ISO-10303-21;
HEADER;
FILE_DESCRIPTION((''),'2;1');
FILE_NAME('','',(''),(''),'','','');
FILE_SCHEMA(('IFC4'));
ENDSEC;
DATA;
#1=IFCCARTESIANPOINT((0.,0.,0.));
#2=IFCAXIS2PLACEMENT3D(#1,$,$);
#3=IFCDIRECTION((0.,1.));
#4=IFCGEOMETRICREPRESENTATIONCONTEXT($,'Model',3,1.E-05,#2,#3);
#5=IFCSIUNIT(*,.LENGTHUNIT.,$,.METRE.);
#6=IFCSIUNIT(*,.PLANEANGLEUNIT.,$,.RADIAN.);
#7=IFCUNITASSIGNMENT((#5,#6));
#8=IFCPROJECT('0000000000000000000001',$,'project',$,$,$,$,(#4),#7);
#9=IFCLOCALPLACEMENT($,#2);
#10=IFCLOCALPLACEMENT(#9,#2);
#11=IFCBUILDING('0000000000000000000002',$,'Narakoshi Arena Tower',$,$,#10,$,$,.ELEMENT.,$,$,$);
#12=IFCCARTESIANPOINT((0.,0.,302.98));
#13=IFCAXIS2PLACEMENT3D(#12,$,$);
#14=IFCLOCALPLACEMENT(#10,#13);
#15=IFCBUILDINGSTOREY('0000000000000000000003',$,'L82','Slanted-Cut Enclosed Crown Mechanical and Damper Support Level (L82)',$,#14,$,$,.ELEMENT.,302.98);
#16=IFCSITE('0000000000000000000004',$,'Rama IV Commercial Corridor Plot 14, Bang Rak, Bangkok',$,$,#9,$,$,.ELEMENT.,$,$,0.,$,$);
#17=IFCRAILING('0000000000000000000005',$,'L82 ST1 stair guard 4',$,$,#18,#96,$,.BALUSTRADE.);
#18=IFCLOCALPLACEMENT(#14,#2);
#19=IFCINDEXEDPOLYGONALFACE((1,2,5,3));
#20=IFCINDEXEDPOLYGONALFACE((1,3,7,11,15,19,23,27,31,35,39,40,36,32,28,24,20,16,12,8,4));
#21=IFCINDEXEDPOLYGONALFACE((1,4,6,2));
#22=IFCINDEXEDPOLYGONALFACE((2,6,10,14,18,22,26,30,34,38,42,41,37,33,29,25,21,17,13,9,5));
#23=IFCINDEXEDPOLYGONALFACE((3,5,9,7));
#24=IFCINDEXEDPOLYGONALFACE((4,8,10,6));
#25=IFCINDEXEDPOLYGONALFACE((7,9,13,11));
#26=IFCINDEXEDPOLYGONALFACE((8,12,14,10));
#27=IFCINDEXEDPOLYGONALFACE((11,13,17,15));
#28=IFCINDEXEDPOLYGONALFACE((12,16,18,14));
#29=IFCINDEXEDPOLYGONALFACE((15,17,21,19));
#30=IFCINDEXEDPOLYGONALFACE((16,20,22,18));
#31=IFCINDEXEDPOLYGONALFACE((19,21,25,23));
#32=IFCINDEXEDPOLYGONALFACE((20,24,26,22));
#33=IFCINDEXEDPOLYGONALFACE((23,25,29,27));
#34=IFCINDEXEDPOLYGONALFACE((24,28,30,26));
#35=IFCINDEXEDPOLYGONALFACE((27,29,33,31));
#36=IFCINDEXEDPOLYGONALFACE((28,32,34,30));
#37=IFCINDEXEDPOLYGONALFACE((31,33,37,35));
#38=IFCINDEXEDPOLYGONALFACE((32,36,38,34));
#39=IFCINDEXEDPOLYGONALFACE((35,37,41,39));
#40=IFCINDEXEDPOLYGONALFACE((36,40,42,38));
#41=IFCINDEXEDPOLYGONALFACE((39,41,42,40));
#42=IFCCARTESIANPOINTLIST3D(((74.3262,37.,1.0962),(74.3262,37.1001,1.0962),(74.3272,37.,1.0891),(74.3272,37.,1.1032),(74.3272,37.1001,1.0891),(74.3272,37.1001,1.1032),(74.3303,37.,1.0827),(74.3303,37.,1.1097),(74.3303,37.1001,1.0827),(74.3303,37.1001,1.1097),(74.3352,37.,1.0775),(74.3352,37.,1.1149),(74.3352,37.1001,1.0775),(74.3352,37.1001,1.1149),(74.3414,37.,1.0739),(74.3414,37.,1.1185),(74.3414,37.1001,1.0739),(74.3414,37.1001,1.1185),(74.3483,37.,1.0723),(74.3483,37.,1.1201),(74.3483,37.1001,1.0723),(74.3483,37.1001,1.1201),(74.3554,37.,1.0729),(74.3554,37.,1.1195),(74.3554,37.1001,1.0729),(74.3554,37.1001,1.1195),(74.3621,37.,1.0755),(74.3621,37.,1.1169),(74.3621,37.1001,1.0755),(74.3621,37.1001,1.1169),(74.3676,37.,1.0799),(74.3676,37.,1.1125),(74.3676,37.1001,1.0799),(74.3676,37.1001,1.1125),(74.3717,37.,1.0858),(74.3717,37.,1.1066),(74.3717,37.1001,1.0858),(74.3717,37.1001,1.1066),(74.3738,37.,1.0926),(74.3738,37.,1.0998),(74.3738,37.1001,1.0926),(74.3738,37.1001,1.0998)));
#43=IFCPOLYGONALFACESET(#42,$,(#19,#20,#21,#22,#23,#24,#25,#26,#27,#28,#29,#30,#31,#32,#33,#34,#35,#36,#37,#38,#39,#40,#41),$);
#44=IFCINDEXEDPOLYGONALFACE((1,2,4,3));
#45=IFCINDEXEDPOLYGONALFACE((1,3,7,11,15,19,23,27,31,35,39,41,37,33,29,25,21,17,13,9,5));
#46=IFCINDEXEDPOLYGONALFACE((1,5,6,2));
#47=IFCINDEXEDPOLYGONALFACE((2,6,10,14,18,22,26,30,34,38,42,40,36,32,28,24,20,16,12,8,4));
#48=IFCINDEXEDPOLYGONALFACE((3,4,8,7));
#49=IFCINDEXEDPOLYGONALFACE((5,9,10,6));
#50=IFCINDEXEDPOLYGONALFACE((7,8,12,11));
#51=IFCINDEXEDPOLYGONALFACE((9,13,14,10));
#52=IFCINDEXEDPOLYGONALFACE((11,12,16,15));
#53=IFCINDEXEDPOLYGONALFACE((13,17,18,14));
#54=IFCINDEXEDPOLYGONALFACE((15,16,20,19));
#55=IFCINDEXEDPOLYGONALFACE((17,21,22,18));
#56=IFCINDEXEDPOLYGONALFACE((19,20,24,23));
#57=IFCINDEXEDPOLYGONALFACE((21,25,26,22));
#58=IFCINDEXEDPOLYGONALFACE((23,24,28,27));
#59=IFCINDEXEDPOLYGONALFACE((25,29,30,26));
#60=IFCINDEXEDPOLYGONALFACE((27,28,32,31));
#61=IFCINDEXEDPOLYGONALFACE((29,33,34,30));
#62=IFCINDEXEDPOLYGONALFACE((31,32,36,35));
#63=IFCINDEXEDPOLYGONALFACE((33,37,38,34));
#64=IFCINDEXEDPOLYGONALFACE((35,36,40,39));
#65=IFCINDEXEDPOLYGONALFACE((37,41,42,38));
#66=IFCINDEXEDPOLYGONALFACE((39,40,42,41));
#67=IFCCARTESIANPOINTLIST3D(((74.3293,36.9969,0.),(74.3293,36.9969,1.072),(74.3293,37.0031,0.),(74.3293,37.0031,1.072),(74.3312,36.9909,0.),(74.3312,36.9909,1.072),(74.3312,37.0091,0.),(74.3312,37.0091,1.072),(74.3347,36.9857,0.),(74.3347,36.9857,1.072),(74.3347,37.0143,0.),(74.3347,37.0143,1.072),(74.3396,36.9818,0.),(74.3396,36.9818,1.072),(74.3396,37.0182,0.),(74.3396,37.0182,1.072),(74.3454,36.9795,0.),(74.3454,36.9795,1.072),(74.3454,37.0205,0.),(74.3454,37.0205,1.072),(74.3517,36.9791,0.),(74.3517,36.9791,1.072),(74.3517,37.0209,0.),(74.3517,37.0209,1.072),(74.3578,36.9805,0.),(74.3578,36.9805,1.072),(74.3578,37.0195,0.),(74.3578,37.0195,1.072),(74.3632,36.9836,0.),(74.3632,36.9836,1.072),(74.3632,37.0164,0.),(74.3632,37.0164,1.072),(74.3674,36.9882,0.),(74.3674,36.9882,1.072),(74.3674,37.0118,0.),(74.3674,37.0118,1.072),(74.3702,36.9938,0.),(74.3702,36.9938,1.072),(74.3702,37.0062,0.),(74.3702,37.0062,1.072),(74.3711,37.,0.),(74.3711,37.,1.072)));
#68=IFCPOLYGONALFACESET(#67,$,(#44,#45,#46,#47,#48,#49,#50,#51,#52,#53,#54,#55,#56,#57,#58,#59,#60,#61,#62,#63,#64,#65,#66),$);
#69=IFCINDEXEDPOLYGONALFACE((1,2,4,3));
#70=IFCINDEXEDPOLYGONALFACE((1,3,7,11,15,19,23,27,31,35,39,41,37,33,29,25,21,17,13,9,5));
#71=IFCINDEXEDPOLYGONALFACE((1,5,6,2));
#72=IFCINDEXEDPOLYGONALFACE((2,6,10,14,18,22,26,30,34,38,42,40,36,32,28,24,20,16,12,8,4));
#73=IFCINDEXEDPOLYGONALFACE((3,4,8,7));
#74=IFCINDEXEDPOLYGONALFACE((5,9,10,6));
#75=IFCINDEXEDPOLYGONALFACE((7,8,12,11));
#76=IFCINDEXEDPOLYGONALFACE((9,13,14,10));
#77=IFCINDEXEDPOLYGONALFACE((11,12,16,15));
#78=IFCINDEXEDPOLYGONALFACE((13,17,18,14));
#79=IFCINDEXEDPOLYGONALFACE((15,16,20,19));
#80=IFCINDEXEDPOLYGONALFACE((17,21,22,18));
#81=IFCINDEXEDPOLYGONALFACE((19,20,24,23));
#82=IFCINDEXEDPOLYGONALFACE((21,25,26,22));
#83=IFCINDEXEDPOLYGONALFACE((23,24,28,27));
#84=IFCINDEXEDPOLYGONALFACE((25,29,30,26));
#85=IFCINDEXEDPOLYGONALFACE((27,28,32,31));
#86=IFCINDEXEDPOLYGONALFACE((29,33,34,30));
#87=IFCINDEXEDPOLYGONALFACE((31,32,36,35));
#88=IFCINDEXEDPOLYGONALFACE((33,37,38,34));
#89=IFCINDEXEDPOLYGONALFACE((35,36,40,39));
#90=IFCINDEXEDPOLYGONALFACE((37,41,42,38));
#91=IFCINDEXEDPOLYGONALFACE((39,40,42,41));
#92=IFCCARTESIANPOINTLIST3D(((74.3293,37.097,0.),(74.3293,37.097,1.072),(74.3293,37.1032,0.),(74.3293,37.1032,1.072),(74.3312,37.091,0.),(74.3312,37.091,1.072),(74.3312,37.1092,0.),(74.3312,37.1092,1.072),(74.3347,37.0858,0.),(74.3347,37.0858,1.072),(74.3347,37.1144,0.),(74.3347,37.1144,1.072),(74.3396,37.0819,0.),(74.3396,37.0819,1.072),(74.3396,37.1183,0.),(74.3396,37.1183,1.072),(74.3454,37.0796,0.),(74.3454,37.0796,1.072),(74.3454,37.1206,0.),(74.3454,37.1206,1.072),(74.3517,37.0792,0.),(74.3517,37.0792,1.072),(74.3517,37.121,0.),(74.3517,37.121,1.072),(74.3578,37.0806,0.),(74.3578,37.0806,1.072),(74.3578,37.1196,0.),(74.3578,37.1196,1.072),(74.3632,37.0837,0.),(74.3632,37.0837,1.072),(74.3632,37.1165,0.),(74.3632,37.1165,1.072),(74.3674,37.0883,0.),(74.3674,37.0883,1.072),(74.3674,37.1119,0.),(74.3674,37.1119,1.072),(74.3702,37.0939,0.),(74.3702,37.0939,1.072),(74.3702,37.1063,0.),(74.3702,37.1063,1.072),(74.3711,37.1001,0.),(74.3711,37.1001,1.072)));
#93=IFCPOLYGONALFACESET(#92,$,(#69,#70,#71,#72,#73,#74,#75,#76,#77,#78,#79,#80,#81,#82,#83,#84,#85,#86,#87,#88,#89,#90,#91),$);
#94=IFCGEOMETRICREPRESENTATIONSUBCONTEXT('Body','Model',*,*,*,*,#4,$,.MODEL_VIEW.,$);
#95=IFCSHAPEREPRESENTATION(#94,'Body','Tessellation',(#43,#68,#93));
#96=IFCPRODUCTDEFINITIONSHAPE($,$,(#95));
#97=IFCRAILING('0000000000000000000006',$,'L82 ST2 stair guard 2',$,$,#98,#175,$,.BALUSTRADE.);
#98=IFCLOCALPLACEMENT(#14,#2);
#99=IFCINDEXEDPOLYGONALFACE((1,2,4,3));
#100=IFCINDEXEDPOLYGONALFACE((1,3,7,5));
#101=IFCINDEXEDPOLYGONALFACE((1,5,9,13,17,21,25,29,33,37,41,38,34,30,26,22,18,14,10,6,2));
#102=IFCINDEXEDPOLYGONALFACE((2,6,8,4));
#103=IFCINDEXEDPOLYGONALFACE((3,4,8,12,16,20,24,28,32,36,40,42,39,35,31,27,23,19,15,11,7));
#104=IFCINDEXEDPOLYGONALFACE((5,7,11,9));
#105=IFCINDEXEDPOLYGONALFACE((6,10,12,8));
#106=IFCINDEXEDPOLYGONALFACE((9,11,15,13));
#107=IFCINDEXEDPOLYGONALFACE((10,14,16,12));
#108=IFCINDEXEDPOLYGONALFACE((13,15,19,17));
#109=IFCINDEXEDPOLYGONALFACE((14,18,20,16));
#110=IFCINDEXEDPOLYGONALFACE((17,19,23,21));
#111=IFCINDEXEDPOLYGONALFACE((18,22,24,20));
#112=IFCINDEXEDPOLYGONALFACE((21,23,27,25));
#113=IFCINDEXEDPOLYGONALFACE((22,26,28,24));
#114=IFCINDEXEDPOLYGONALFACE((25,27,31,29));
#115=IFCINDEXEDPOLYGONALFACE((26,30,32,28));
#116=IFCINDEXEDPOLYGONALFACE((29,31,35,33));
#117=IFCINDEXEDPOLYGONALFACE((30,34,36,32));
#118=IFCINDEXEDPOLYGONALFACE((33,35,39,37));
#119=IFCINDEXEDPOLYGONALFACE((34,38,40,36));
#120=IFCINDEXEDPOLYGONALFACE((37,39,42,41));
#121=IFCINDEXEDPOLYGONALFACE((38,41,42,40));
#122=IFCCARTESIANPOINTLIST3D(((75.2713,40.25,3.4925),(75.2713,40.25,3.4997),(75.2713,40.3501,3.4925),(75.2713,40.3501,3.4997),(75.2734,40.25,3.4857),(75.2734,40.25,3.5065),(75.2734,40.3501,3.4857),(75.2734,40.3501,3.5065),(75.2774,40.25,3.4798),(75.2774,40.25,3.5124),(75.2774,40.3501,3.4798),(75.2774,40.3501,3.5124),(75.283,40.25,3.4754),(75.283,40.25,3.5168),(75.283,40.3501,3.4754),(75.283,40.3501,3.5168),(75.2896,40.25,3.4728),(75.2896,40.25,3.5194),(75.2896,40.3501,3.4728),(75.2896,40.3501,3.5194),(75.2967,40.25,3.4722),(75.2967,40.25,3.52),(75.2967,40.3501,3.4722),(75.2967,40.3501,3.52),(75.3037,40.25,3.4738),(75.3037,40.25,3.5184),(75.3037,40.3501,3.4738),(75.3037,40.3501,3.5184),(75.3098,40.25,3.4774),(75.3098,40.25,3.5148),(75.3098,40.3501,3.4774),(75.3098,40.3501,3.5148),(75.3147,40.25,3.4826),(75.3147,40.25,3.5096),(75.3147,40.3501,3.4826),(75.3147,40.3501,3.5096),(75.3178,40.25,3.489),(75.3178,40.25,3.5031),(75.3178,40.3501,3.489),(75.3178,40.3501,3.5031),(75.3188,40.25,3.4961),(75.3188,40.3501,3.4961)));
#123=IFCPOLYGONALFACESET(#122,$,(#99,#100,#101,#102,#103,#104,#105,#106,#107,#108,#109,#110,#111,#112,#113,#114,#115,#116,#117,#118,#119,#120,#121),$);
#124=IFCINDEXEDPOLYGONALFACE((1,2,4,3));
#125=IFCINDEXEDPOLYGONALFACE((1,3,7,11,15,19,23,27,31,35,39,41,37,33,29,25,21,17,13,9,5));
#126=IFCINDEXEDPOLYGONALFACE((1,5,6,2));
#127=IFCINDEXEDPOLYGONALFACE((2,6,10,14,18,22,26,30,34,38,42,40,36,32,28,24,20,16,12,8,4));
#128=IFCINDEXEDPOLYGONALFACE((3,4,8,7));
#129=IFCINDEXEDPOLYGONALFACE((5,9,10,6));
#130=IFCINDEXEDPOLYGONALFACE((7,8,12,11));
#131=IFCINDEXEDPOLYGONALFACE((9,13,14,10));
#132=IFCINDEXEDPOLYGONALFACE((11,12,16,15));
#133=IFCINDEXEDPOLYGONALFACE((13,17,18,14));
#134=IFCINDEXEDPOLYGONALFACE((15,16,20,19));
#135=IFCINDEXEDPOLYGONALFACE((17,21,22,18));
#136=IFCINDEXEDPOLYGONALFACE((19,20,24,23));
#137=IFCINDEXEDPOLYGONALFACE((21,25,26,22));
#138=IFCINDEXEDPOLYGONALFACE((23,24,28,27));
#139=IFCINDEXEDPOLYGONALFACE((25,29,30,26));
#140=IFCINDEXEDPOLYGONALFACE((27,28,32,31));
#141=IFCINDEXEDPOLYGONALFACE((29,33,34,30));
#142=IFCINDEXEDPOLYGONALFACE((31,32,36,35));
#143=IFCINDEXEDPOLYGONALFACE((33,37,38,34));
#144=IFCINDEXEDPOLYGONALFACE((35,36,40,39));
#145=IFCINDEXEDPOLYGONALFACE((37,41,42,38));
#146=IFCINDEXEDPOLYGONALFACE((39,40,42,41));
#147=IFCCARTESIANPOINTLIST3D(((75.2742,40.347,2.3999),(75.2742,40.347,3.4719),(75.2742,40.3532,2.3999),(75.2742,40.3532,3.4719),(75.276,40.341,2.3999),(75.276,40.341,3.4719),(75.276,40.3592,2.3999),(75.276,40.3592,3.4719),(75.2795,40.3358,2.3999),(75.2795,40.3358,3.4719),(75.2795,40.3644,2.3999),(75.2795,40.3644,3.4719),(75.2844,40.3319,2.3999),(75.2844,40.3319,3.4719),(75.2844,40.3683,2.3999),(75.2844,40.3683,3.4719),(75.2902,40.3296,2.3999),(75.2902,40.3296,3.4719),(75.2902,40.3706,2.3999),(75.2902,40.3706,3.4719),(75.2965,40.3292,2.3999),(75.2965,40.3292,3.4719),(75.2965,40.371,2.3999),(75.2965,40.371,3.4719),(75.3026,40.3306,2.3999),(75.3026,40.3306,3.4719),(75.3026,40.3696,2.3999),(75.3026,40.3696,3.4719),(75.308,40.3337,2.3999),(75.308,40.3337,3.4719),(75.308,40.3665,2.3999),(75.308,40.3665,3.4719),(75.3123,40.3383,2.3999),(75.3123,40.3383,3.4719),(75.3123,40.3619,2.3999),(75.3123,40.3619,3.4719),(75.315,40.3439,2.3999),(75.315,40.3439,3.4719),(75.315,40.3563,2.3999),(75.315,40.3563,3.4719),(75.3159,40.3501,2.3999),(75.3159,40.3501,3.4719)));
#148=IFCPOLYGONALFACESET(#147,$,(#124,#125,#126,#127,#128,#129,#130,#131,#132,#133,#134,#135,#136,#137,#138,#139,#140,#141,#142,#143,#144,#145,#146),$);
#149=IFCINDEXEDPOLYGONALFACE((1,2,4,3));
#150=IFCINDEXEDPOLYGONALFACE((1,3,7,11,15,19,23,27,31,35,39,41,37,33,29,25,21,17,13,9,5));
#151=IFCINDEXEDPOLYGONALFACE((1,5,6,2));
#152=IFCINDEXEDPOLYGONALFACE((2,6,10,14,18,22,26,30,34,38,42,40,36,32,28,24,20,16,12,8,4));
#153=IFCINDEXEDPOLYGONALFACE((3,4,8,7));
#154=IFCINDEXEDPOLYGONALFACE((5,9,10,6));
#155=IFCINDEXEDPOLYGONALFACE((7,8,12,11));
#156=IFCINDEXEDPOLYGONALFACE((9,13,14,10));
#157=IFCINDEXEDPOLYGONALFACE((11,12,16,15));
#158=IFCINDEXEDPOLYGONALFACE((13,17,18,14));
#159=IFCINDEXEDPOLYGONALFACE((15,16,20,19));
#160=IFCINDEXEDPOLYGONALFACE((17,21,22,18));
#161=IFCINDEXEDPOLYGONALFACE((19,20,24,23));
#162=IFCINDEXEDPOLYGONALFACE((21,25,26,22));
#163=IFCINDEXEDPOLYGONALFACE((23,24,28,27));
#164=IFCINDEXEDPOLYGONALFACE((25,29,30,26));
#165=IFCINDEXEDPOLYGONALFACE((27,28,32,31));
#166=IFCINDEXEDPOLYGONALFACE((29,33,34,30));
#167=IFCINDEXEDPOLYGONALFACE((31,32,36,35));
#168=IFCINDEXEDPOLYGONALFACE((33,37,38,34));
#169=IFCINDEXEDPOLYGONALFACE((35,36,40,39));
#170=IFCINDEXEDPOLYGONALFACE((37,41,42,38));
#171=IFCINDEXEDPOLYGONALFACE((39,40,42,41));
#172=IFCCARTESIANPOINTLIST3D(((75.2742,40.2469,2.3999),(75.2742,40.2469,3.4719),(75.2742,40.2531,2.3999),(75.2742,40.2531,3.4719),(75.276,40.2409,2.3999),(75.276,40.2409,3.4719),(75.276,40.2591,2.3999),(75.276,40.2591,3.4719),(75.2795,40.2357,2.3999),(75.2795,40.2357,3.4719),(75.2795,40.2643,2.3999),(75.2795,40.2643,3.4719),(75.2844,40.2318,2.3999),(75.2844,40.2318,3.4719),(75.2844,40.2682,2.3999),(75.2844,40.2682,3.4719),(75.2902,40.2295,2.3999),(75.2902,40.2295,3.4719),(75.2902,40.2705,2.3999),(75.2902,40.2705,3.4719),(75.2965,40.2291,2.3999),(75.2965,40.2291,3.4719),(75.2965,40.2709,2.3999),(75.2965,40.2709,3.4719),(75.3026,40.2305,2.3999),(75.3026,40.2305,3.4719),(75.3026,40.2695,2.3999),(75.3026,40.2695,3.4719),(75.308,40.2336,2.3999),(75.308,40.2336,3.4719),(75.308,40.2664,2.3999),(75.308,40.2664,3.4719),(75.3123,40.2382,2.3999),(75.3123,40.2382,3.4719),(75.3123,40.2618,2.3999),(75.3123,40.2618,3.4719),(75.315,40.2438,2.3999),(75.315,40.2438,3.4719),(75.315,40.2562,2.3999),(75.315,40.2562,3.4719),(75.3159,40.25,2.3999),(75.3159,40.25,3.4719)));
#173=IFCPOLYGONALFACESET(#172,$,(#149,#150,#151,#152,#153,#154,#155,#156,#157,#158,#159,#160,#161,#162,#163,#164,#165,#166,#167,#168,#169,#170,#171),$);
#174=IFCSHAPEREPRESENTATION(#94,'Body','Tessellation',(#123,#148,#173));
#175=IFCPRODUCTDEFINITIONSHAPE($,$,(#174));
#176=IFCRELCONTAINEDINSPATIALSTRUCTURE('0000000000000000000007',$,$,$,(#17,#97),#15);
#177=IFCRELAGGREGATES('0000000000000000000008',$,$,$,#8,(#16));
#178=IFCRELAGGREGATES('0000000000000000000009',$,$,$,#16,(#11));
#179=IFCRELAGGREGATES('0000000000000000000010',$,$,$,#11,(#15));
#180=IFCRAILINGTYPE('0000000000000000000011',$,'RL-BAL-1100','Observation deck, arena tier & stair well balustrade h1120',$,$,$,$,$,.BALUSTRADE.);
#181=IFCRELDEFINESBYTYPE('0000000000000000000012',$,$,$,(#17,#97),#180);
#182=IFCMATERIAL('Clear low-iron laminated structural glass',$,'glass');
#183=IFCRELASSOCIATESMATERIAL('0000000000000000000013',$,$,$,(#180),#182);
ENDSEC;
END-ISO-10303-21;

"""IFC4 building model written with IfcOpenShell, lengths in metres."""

from ifc_helpers import new_model, si_unit, direction, frame, origin, origin_2d, place, context, subcontext, project, spatial, circle, extrude, material, type_object, element, save


model = new_model("IFC4")

# Units and contexts
model_context = context("Model", 3, precision=1e-05, world=origin(), true_north=direction((0.0, 1.0)))
body_context = subcontext(model_context, "Body", "Model", "MODEL_VIEW")
ifc_project = project(units=[si_unit("LENGTHUNIT", "METRE"), si_unit("PLANEANGLEUNIT", "RADIAN")], contexts=[model_context])

# Site, building, storey
site_placement = place(None, origin())
site = spatial("IfcSite", under=ifc_project, at=site_placement, Name="Rama IV Commercial Corridor Plot 14, Bang Rak, Bangkok", CompositionType="ELEMENT", RefElevation=0.0)
building_placement = place(site_placement, origin())
building = spatial("IfcBuilding", under=site, at=building_placement, Name="Narakoshi Arena Tower", CompositionType="ELEMENT")
storey_placement = place(building_placement, frame((0.0, 0.0, 302.98)))
storey = spatial("IfcBuildingStorey", under=building, at=storey_placement, Name="L82", Description="Slanted-Cut Enclosed Crown Mechanical and Damper Support Level (L82)", CompositionType="ELEMENT", Elevation=302.98)

# Railings
ifc_material_1 = material(Name="Clear low-iron laminated structural glass", Category="glass")
railing_type_1 = type_object("IfcRailingType", Name="RL-BAL-1100", Description="Observation deck, arena tier & stair well balustrade h1120", PredefinedType="BALUSTRADE", material=ifc_material_1)
railing_1_placement = place(storey_placement, frame((74.3501, 37.0, 0.0)))
element("IfcRailing", 1, at=railing_1_placement, inside=storey, type_object=railing_type_1, Name="L82 ST1 stair guard 4", PredefinedType="BALUSTRADE", context=body_context, shape_type="SweptSolid", body=[
    extrude(circle(Radius=0.0239, at=origin_2d()), frame((0.0, 0.0, 1.0962), z_axis=(0.0, 1.0, 0.0), x_axis=(-1.0, 0.0, 0.0)), (0.0, 0.0, 1.0), 0.1001),
    extrude(circle(Radius=0.021, at=origin_2d()), origin(), (0.0, 0.0, 1.0), 1.072),
    extrude(circle(Radius=0.021, at=origin_2d()), frame((0.0, 0.1001, 0.0)), (0.0, 0.0, 1.0), 1.072),
])
railing_2_placement = place(storey_placement, frame((75.2949, 40.3501, 2.3999)))
element("IfcRailing", 2, at=railing_2_placement, inside=storey, type_object=railing_type_1, Name="L82 ST2 stair guard 2", PredefinedType="BALUSTRADE", context=body_context, shape_type="SweptSolid", body=[
    extrude(circle(Radius=0.0239, at=origin_2d()), frame((0.0, 0.0, 1.0962), z_axis=(0.0, -1.0, 0.0), x_axis=(1.0, 0.0, 0.0)), (0.0, 0.0, 1.0), 0.1001),
    extrude(circle(Radius=0.021, at=origin_2d()), origin(), (0.0, 0.0, 1.0), 1.072),
    extrude(circle(Radius=0.021, at=origin_2d()), frame((0.0, -0.1001, 0.0)), (0.0, 0.0, 1.0), 1.072),
])

save(model, "model.ifc")
